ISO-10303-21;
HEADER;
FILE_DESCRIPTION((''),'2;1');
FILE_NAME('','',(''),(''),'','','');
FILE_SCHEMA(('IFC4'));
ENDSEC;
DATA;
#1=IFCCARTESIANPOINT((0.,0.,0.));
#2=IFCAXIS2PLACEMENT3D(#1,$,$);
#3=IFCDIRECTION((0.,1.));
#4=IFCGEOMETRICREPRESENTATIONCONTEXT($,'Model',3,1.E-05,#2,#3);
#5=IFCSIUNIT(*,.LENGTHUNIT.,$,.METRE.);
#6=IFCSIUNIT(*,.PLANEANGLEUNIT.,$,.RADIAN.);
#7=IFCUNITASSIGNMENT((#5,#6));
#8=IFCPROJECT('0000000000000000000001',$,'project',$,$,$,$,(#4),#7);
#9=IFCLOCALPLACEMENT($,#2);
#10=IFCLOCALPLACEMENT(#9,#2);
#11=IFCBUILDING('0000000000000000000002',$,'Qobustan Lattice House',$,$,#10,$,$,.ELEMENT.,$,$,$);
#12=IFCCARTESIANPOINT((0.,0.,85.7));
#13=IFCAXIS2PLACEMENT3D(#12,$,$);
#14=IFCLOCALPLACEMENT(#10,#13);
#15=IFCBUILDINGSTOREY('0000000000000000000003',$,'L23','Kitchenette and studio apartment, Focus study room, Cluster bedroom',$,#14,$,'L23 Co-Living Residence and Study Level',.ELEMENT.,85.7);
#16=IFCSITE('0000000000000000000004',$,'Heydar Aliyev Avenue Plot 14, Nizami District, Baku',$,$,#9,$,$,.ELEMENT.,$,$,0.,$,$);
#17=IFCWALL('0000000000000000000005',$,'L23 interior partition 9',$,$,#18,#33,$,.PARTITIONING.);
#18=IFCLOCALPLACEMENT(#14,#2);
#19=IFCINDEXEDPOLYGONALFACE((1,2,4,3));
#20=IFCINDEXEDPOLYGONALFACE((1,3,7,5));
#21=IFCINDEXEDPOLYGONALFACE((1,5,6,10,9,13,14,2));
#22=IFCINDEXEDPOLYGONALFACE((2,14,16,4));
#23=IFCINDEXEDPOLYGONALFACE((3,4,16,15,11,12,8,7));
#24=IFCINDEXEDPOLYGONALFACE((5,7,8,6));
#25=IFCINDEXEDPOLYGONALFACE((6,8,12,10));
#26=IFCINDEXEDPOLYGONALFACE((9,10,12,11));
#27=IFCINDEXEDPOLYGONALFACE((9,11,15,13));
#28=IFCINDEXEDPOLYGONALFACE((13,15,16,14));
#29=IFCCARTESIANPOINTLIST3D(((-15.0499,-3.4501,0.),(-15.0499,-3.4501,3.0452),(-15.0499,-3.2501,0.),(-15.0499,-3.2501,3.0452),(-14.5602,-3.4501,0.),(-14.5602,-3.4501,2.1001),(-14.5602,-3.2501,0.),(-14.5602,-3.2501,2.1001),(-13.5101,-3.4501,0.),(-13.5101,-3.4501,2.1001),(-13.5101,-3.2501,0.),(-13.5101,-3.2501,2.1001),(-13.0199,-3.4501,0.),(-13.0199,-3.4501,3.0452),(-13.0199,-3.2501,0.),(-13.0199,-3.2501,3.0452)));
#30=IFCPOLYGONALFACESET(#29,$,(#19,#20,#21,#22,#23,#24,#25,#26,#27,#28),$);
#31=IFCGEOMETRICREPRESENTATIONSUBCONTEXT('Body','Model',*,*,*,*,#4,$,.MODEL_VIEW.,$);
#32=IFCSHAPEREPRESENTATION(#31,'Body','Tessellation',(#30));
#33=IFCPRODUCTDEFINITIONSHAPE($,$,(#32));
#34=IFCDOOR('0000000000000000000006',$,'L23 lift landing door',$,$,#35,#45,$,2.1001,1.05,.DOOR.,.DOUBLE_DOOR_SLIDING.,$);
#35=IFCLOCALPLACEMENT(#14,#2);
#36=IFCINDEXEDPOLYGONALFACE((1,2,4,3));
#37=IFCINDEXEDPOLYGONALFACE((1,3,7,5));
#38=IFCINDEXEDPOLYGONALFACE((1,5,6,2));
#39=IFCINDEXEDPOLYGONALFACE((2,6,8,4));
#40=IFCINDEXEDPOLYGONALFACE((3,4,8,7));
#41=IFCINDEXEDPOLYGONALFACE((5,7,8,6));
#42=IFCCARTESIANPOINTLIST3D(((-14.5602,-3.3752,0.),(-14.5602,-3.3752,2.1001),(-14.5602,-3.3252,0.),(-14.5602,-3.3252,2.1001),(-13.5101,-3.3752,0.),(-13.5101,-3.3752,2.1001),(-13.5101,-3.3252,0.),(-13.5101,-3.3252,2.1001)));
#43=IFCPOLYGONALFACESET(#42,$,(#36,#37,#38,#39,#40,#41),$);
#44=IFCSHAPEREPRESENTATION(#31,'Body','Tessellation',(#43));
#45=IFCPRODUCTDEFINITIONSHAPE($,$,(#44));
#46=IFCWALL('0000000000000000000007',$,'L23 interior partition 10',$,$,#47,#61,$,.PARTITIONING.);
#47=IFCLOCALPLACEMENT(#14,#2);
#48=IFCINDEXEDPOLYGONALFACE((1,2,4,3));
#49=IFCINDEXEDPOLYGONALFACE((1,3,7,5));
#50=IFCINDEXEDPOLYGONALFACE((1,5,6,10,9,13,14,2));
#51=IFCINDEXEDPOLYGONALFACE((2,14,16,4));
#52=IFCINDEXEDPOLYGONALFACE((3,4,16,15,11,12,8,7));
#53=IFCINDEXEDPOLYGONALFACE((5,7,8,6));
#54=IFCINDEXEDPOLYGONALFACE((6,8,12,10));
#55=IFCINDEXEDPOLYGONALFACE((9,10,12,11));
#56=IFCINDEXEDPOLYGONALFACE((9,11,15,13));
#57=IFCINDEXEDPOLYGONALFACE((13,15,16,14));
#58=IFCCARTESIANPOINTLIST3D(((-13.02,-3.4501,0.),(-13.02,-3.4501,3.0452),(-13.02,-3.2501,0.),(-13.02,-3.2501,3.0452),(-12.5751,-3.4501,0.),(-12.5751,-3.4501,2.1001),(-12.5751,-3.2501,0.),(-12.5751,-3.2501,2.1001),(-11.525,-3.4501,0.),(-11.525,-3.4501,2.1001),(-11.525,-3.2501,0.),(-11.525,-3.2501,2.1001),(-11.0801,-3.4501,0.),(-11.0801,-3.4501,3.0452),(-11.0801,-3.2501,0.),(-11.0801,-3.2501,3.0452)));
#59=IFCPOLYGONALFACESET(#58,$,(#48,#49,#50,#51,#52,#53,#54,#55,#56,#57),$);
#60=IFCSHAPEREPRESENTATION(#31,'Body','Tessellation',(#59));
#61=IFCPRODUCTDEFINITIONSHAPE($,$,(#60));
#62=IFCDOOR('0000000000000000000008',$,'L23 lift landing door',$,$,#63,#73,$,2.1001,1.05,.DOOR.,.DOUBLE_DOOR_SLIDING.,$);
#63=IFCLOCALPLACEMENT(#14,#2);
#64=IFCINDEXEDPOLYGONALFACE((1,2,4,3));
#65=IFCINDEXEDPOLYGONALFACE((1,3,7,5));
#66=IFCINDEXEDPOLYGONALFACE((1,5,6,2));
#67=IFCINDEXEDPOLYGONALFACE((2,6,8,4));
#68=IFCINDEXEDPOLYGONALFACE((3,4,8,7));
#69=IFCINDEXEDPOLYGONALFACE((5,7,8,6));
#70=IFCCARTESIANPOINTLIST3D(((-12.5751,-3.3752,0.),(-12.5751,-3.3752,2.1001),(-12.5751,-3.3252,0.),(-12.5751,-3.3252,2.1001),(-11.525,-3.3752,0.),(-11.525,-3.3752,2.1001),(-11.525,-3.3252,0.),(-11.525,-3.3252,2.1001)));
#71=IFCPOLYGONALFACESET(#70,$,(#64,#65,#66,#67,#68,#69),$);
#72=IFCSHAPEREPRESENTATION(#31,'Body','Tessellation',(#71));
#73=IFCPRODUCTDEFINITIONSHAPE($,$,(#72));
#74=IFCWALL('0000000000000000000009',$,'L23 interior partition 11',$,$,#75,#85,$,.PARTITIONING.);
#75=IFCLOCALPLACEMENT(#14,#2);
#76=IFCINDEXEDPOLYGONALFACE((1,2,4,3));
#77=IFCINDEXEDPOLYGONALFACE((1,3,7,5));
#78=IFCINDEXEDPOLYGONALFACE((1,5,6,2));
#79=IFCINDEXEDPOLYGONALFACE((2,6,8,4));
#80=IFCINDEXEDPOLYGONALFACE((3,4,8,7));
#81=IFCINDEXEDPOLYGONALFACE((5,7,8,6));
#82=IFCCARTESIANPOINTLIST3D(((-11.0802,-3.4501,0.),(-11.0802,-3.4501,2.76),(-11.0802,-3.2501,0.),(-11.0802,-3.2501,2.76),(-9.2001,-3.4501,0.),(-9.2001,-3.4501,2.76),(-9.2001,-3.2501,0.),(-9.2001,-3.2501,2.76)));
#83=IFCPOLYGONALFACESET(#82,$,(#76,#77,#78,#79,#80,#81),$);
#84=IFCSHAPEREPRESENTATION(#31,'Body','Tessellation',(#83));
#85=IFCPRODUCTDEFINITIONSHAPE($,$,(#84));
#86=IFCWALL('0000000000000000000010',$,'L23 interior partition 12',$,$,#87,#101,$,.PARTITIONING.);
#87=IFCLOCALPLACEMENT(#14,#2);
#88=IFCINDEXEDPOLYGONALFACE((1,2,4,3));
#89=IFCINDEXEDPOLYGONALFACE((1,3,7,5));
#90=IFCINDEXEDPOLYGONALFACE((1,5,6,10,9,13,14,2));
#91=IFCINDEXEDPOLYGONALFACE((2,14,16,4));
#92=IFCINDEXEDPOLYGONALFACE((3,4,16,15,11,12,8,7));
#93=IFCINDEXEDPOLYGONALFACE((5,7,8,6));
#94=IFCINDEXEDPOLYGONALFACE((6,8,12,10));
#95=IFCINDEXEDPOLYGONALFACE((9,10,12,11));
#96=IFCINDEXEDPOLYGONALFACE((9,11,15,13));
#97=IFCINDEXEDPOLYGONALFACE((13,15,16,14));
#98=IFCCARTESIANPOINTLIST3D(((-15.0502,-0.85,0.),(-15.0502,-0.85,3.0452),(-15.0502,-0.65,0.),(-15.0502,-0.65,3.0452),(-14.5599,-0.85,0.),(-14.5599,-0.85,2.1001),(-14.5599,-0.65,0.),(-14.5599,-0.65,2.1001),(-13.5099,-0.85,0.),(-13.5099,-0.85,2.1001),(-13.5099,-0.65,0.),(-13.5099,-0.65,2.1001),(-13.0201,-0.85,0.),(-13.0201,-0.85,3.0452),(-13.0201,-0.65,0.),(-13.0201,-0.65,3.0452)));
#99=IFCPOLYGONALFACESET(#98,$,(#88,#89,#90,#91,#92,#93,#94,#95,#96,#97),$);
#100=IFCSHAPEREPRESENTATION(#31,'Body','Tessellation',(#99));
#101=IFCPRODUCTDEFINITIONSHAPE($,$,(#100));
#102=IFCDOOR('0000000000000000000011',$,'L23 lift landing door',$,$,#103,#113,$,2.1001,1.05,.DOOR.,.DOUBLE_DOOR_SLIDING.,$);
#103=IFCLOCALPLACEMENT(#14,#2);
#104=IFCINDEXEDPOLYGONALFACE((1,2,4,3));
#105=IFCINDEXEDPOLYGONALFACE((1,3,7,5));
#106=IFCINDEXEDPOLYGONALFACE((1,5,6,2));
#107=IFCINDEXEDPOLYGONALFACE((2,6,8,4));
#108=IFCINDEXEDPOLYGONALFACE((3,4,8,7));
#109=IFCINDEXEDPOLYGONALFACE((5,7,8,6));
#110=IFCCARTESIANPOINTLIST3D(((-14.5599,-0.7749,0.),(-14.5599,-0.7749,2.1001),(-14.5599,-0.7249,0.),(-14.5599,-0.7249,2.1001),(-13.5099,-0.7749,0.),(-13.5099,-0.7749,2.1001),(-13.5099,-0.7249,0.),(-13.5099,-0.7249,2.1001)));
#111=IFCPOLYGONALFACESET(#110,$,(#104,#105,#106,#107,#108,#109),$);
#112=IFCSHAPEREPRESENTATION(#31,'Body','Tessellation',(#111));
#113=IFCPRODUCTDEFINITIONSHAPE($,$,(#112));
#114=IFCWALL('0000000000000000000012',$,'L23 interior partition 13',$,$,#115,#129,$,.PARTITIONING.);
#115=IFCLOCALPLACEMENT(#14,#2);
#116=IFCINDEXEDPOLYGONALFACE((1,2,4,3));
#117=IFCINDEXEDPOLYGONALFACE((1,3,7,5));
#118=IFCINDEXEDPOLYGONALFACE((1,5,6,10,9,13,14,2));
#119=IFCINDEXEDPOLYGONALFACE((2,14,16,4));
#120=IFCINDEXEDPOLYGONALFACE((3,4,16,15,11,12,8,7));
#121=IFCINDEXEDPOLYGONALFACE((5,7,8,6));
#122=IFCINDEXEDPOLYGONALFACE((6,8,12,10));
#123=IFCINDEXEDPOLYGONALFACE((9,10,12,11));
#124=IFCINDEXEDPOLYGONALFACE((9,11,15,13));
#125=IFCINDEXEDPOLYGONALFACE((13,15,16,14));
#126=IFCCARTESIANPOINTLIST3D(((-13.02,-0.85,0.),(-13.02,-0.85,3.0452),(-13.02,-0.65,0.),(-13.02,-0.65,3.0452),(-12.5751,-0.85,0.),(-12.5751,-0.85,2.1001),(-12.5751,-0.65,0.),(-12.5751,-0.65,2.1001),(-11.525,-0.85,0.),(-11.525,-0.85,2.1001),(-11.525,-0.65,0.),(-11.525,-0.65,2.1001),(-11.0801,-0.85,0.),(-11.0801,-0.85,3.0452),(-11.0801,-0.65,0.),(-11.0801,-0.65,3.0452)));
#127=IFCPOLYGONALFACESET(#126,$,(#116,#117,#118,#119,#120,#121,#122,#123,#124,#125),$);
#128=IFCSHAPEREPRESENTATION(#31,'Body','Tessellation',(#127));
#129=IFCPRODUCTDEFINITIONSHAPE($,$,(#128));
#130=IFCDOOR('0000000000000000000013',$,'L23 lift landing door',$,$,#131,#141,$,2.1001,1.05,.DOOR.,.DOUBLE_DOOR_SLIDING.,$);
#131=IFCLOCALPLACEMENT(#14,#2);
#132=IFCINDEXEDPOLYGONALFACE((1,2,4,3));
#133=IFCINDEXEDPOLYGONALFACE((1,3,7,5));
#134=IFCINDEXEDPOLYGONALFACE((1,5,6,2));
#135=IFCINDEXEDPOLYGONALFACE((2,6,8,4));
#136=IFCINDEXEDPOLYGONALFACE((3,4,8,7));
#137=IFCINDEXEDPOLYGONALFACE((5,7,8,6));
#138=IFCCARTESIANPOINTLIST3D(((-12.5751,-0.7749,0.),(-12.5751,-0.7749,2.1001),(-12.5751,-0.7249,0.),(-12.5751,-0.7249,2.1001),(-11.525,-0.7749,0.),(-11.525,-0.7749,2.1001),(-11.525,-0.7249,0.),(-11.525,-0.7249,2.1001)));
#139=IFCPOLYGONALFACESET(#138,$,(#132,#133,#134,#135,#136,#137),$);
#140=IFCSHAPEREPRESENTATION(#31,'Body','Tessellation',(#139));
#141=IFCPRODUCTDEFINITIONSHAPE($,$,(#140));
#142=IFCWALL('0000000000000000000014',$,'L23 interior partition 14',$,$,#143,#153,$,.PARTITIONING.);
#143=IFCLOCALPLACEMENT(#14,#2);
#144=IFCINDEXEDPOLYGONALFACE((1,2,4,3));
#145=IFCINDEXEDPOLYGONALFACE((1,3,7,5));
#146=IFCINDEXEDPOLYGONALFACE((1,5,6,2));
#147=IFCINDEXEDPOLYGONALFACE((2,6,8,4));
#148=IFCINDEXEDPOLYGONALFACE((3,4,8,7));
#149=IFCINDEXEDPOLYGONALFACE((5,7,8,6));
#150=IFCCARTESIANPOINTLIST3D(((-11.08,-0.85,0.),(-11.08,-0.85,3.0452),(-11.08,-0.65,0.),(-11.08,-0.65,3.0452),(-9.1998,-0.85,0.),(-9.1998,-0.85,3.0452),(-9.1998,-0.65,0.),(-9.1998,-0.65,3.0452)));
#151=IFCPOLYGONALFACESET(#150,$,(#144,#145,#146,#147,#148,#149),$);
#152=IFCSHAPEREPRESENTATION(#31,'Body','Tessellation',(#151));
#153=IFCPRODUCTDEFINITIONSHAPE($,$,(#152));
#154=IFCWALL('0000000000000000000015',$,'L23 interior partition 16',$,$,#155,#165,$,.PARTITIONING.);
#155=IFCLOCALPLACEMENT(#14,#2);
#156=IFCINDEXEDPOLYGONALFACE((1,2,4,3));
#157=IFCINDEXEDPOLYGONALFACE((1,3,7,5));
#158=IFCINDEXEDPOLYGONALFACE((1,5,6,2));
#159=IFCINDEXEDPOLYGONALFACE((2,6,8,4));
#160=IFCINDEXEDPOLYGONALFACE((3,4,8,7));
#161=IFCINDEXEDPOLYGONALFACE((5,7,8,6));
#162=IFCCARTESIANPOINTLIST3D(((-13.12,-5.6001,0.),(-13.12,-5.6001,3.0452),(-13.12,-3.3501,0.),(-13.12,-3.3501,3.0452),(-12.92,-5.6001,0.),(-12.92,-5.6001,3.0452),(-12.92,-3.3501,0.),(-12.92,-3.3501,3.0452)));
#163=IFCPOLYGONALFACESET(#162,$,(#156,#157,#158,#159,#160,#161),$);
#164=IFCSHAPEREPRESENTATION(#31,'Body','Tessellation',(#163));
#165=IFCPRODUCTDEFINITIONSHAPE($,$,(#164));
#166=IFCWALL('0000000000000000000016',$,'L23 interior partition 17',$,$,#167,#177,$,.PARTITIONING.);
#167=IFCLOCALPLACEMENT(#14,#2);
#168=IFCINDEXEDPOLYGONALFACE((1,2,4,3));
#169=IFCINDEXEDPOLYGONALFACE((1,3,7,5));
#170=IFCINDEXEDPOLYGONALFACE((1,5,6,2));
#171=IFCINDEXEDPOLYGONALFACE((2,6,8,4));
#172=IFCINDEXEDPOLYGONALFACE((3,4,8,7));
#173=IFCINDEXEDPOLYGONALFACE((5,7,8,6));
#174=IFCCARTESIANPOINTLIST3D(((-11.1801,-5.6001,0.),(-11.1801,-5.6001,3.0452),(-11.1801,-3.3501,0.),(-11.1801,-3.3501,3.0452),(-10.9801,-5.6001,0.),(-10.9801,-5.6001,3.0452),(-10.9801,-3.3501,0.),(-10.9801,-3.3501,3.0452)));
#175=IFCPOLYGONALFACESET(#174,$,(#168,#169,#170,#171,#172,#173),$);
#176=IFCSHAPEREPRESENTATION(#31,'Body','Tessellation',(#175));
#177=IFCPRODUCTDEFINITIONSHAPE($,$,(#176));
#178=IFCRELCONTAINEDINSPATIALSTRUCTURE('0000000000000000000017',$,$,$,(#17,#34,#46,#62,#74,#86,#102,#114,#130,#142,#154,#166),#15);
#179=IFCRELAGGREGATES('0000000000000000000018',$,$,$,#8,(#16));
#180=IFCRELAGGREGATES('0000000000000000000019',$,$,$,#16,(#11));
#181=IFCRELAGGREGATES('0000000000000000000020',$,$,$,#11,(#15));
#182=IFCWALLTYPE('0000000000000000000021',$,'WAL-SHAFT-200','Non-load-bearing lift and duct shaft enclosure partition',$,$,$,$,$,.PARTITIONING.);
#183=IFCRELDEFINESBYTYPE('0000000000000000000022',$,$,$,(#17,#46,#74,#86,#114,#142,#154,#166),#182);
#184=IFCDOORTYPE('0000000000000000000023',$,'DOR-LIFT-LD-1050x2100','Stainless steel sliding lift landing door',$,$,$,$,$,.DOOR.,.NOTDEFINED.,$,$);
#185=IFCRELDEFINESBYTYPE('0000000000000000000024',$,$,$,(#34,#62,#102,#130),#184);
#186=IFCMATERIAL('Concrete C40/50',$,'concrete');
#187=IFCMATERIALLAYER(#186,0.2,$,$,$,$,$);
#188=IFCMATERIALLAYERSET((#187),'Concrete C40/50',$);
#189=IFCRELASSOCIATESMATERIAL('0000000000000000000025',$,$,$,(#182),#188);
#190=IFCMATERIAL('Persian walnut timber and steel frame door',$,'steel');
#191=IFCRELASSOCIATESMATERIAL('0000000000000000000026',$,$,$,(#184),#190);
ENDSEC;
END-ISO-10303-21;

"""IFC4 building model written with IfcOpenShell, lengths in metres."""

from ifc_helpers import new_model, si_unit, direction, frame, frame_2d, origin, place, context, subcontext, project, spatial, rectangle, extrude, material, layer, layer_set, type_object, element, fill, save


model = new_model("IFC4")

# Units and contexts
model_context = context("Model", 3, precision=1e-05, world=origin(), true_north=direction((0.0, 1.0)))
body_context = subcontext(model_context, "Body", "Model", "MODEL_VIEW")
ifc_project = project(units=[si_unit("LENGTHUNIT", "METRE"), si_unit("PLANEANGLEUNIT", "RADIAN")], contexts=[model_context])

# Site, building, storey
site_placement = place(None, origin())
site = spatial("IfcSite", under=ifc_project, at=site_placement, Name="Heydar Aliyev Avenue Plot 14, Nizami District, Baku", CompositionType="ELEMENT", RefElevation=0.0)
building_placement = place(site_placement, origin())
building = spatial("IfcBuilding", under=site, at=building_placement, Name="Qobustan Lattice House", CompositionType="ELEMENT")
storey_placement = place(building_placement, frame((0.0, 0.0, 85.7)))
storey = spatial("IfcBuildingStorey", under=building, at=storey_placement, Name="L23", Description="Kitchenette and studio apartment, Focus study room, Cluster bedroom", LongName="L23 Co-Living Residence and Study Level", CompositionType="ELEMENT", Elevation=85.7)

# Shared definitions
ifc_material_1 = material(Name="Concrete C40/50", Category="concrete")
ifc_layer_1 = layer(ifc_material_1, 0.2)
ifc_layer_set_1 = layer_set([ifc_layer_1], Name="Concrete C40/50")
wall_type_1 = type_object("IfcWallType", Name="WAL-SHAFT-200", Description="Non-load-bearing lift and duct shaft enclosure partition", PredefinedType="PARTITIONING", material=ifc_layer_set_1)

# Walls, openings, doors
wall_1_placement = place(storey_placement, frame((-15.05, -3.3501, 0.0), z_axis=(0.0, 0.0, 1.0), x_axis=(1.0, 0.0, 0.0)))
wall_1 = element("IfcWall", 1, at=wall_1_placement, inside=storey, type_object=wall_type_1, Name="L23 interior partition 9", PredefinedType="PARTITIONING", context=body_context, shape_type="SweptSolid", body=[
    extrude(rectangle(XDim=2.03, YDim=0.2, at=frame_2d((1.0151, 0.0))), origin(), (0.0, 0.0, 1.0), 3.0452),
])
opening_1_placement = place(wall_1_placement, frame((0.49, 0.0, 0.0)))
opening_1 = element("IfcOpeningElement", 2, at=opening_1_placement, cuts=wall_1, PredefinedType="OPENING", context=body_context, shape_type="SweptSolid", body=[
    extrude(rectangle(XDim=1.05, YDim=2.1001, at=frame_2d((0.5249, 1.05))), frame((0.0, 0.1099, 0.0), z_axis=(0.0, -1.0, 0.0), x_axis=(1.0, 0.0, 0.0)), (0.0, 0.0, 1.0), 0.22),
])
ifc_material_2 = material(Name="Persian walnut timber and steel frame door", Category="steel")
door_type_1 = type_object("IfcDoorType", Name="DOR-LIFT-LD-1050x2100", Description="Stainless steel sliding lift landing door", OperationType="NOTDEFINED", PredefinedType="DOOR", material=ifc_material_2)
door_1_placement = place(opening_1_placement, origin())
door_1 = element("IfcDoor", 3, at=door_1_placement, inside=storey, type_object=door_type_1, Name="L23 lift landing door", OperationType="DOUBLE_DOOR_SLIDING", OverallHeight=2.1001, OverallWidth=1.05, PredefinedType="DOOR", context=body_context, shape_type="SweptSolid", body=[
    extrude(rectangle(XDim=1.05, YDim=2.1001, at=frame_2d((0.5249, 1.05))), frame((0.0, 0.0249, 0.0), z_axis=(0.0, -1.0, 0.0), x_axis=(1.0, 0.0, 0.0)), (0.0, 0.0, 1.0), 0.05),
])
fill(opening_1, door_1)
wall_2_placement = place(storey_placement, frame((-13.02, -3.3501, 0.0), z_axis=(0.0, 0.0, 1.0), x_axis=(1.0, 0.0, 0.0)))
wall_2 = element("IfcWall", 4, at=wall_2_placement, inside=storey, type_object=wall_type_1, Name="L23 interior partition 10", PredefinedType="PARTITIONING", context=body_context, shape_type="SweptSolid", body=[
    extrude(rectangle(XDim=1.9399, YDim=0.2, at=frame_2d((0.97, 0.0))), origin(), (0.0, 0.0, 1.0), 3.0452),
])
opening_2_placement = place(wall_2_placement, frame((0.4451, 0.0, 0.0)))
opening_2 = element("IfcOpeningElement", 5, at=opening_2_placement, cuts=wall_2, PredefinedType="OPENING", context=body_context, shape_type="SweptSolid", body=[
    extrude(rectangle(XDim=1.05, YDim=2.1001, at=frame_2d((0.5249, 1.05))), frame((0.0, 0.1099, 0.0), z_axis=(0.0, -1.0, 0.0), x_axis=(1.0, 0.0, 0.0)), (0.0, 0.0, 1.0), 0.22),
])
door_2_placement = place(opening_2_placement, origin())
door_2 = element("IfcDoor", 6, at=door_2_placement, inside=storey, type_object=door_type_1, Name="L23 lift landing door", OperationType="DOUBLE_DOOR_SLIDING", OverallHeight=2.1001, OverallWidth=1.05, PredefinedType="DOOR", context=body_context, shape_type="SweptSolid", body=[
    extrude(rectangle(XDim=1.05, YDim=2.1001, at=frame_2d((0.5249, 1.05))), frame((0.0, 0.0249, 0.0), z_axis=(0.0, -1.0, 0.0), x_axis=(1.0, 0.0, 0.0)), (0.0, 0.0, 1.0), 0.05),
])
fill(opening_2, door_2)

# Wall
wall_3_placement = place(storey_placement, frame((-11.0801, -3.3501, 0.0), z_axis=(0.0, 0.0, 1.0), x_axis=(1.0, 0.0, 0.0)))
element("IfcWall", 7, at=wall_3_placement, inside=storey, type_object=wall_type_1, Name="L23 interior partition 11", PredefinedType="PARTITIONING", context=body_context, shape_type="SweptSolid", body=[
    extrude(rectangle(XDim=1.8801, YDim=0.2, at=frame_2d((0.9399, 0.0))), origin(), (0.0, 0.0, 1.0), 2.76),
])

# Walls, openings, doors
wall_4_placement = place(storey_placement, frame((-13.02, -0.75, 0.0), z_axis=(0.0, 0.0, 1.0), x_axis=(-1.0, 0.0, 0.0)))
wall_4 = element("IfcWall", 8, at=wall_4_placement, inside=storey, type_object=wall_type_1, Name="L23 interior partition 12", PredefinedType="PARTITIONING", context=body_context, shape_type="SweptSolid", body=[
    extrude(rectangle(XDim=2.03, YDim=0.2, at=frame_2d((1.0151, 0.0))), origin(), (0.0, 0.0, 1.0), 3.0452),
])
opening_3_placement = place(wall_4_placement, frame((0.49, 0.0, 0.0)))
opening_3 = element("IfcOpeningElement", 9, at=opening_3_placement, cuts=wall_4, PredefinedType="OPENING", context=body_context, shape_type="SweptSolid", body=[
    extrude(rectangle(XDim=1.05, YDim=2.1001, at=frame_2d((0.5249, 1.05))), frame((0.0, 0.1099, 0.0), z_axis=(0.0, -1.0, 0.0), x_axis=(1.0, 0.0, 0.0)), (0.0, 0.0, 1.0), 0.22),
])
door_3_placement = place(opening_3_placement, origin())
door_3 = element("IfcDoor", 10, at=door_3_placement, inside=storey, type_object=door_type_1, Name="L23 lift landing door", OperationType="DOUBLE_DOOR_SLIDING", OverallHeight=2.1001, OverallWidth=1.05, PredefinedType="DOOR", context=body_context, shape_type="SweptSolid", body=[
    extrude(rectangle(XDim=1.05, YDim=2.1001, at=frame_2d((0.5249, 1.05))), frame((0.0, 0.0249, 0.0), z_axis=(0.0, -1.0, 0.0), x_axis=(1.0, 0.0, 0.0)), (0.0, 0.0, 1.0), 0.05),
])
fill(opening_3, door_3)
wall_5_placement = place(storey_placement, frame((-11.0801, -0.75, 0.0), z_axis=(0.0, 0.0, 1.0), x_axis=(-1.0, 0.0, 0.0)))
wall_5 = element("IfcWall", 11, at=wall_5_placement, inside=storey, type_object=wall_type_1, Name="L23 interior partition 13", PredefinedType="PARTITIONING", context=body_context, shape_type="SweptSolid", body=[
    extrude(rectangle(XDim=1.9399, YDim=0.2, at=frame_2d((0.97, 0.0))), origin(), (0.0, 0.0, 1.0), 3.0452),
])
opening_4_placement = place(wall_5_placement, frame((0.4451, 0.0, 0.0)))
opening_4 = element("IfcOpeningElement", 12, at=opening_4_placement, cuts=wall_5, PredefinedType="OPENING", context=body_context, shape_type="SweptSolid", body=[
    extrude(rectangle(XDim=1.05, YDim=2.1001, at=frame_2d((0.5249, 1.05))), frame((0.0, 0.1099, 0.0), z_axis=(0.0, -1.0, 0.0), x_axis=(1.0, 0.0, 0.0)), (0.0, 0.0, 1.0), 0.22),
])
door_4_placement = place(opening_4_placement, origin())
door_4 = element("IfcDoor", 13, at=door_4_placement, inside=storey, type_object=door_type_1, Name="L23 lift landing door", OperationType="DOUBLE_DOOR_SLIDING", OverallHeight=2.1001, OverallWidth=1.05, PredefinedType="DOOR", context=body_context, shape_type="SweptSolid", body=[
    extrude(rectangle(XDim=1.05, YDim=2.1001, at=frame_2d((0.5249, 1.05))), frame((0.0, 0.0249, 0.0), z_axis=(0.0, -1.0, 0.0), x_axis=(1.0, 0.0, 0.0)), (0.0, 0.0, 1.0), 0.05),
])
fill(opening_4, door_4)

# Walls
wall_6_placement = place(storey_placement, frame((-9.2, -0.75, 0.0), z_axis=(0.0, 0.0, 1.0), x_axis=(-1.0, 0.0, 0.0)))
element("IfcWall", 14, at=wall_6_placement, inside=storey, type_object=wall_type_1, Name="L23 interior partition 14", PredefinedType="PARTITIONING", context=body_context, shape_type="SweptSolid", body=[
    extrude(rectangle(XDim=1.8801, YDim=0.2, at=frame_2d((0.9399, 0.0))), origin(), (0.0, 0.0, 1.0), 3.0452),
])
for number, where, z_axis, x_axis, name in (
    (15, (-13.02, -5.6001, 0.0), (0.0, 0.0, 1.0), (0.0, 1.0, 0.0), "L23 interior partition 16"),
    (16, (-11.0801, -5.6001, 0.0), (0.0, 0.0, 1.0), (0.0, 1.0, 0.0), "L23 interior partition 17"),
):
    element("IfcWall", number, at=place(storey_placement, frame(where, z_axis=z_axis, x_axis=x_axis)), inside=storey, type_object=wall_type_1, Name=name, PredefinedType="PARTITIONING", context=body_context, shape_type="SweptSolid", body=[
        extrude(rectangle(XDim=2.25, YDim=0.2, at=frame_2d((1.125, 0.0))), origin(), (0.0, 0.0, 1.0), 3.0452),
    ])

save(model, "model.ifc")
